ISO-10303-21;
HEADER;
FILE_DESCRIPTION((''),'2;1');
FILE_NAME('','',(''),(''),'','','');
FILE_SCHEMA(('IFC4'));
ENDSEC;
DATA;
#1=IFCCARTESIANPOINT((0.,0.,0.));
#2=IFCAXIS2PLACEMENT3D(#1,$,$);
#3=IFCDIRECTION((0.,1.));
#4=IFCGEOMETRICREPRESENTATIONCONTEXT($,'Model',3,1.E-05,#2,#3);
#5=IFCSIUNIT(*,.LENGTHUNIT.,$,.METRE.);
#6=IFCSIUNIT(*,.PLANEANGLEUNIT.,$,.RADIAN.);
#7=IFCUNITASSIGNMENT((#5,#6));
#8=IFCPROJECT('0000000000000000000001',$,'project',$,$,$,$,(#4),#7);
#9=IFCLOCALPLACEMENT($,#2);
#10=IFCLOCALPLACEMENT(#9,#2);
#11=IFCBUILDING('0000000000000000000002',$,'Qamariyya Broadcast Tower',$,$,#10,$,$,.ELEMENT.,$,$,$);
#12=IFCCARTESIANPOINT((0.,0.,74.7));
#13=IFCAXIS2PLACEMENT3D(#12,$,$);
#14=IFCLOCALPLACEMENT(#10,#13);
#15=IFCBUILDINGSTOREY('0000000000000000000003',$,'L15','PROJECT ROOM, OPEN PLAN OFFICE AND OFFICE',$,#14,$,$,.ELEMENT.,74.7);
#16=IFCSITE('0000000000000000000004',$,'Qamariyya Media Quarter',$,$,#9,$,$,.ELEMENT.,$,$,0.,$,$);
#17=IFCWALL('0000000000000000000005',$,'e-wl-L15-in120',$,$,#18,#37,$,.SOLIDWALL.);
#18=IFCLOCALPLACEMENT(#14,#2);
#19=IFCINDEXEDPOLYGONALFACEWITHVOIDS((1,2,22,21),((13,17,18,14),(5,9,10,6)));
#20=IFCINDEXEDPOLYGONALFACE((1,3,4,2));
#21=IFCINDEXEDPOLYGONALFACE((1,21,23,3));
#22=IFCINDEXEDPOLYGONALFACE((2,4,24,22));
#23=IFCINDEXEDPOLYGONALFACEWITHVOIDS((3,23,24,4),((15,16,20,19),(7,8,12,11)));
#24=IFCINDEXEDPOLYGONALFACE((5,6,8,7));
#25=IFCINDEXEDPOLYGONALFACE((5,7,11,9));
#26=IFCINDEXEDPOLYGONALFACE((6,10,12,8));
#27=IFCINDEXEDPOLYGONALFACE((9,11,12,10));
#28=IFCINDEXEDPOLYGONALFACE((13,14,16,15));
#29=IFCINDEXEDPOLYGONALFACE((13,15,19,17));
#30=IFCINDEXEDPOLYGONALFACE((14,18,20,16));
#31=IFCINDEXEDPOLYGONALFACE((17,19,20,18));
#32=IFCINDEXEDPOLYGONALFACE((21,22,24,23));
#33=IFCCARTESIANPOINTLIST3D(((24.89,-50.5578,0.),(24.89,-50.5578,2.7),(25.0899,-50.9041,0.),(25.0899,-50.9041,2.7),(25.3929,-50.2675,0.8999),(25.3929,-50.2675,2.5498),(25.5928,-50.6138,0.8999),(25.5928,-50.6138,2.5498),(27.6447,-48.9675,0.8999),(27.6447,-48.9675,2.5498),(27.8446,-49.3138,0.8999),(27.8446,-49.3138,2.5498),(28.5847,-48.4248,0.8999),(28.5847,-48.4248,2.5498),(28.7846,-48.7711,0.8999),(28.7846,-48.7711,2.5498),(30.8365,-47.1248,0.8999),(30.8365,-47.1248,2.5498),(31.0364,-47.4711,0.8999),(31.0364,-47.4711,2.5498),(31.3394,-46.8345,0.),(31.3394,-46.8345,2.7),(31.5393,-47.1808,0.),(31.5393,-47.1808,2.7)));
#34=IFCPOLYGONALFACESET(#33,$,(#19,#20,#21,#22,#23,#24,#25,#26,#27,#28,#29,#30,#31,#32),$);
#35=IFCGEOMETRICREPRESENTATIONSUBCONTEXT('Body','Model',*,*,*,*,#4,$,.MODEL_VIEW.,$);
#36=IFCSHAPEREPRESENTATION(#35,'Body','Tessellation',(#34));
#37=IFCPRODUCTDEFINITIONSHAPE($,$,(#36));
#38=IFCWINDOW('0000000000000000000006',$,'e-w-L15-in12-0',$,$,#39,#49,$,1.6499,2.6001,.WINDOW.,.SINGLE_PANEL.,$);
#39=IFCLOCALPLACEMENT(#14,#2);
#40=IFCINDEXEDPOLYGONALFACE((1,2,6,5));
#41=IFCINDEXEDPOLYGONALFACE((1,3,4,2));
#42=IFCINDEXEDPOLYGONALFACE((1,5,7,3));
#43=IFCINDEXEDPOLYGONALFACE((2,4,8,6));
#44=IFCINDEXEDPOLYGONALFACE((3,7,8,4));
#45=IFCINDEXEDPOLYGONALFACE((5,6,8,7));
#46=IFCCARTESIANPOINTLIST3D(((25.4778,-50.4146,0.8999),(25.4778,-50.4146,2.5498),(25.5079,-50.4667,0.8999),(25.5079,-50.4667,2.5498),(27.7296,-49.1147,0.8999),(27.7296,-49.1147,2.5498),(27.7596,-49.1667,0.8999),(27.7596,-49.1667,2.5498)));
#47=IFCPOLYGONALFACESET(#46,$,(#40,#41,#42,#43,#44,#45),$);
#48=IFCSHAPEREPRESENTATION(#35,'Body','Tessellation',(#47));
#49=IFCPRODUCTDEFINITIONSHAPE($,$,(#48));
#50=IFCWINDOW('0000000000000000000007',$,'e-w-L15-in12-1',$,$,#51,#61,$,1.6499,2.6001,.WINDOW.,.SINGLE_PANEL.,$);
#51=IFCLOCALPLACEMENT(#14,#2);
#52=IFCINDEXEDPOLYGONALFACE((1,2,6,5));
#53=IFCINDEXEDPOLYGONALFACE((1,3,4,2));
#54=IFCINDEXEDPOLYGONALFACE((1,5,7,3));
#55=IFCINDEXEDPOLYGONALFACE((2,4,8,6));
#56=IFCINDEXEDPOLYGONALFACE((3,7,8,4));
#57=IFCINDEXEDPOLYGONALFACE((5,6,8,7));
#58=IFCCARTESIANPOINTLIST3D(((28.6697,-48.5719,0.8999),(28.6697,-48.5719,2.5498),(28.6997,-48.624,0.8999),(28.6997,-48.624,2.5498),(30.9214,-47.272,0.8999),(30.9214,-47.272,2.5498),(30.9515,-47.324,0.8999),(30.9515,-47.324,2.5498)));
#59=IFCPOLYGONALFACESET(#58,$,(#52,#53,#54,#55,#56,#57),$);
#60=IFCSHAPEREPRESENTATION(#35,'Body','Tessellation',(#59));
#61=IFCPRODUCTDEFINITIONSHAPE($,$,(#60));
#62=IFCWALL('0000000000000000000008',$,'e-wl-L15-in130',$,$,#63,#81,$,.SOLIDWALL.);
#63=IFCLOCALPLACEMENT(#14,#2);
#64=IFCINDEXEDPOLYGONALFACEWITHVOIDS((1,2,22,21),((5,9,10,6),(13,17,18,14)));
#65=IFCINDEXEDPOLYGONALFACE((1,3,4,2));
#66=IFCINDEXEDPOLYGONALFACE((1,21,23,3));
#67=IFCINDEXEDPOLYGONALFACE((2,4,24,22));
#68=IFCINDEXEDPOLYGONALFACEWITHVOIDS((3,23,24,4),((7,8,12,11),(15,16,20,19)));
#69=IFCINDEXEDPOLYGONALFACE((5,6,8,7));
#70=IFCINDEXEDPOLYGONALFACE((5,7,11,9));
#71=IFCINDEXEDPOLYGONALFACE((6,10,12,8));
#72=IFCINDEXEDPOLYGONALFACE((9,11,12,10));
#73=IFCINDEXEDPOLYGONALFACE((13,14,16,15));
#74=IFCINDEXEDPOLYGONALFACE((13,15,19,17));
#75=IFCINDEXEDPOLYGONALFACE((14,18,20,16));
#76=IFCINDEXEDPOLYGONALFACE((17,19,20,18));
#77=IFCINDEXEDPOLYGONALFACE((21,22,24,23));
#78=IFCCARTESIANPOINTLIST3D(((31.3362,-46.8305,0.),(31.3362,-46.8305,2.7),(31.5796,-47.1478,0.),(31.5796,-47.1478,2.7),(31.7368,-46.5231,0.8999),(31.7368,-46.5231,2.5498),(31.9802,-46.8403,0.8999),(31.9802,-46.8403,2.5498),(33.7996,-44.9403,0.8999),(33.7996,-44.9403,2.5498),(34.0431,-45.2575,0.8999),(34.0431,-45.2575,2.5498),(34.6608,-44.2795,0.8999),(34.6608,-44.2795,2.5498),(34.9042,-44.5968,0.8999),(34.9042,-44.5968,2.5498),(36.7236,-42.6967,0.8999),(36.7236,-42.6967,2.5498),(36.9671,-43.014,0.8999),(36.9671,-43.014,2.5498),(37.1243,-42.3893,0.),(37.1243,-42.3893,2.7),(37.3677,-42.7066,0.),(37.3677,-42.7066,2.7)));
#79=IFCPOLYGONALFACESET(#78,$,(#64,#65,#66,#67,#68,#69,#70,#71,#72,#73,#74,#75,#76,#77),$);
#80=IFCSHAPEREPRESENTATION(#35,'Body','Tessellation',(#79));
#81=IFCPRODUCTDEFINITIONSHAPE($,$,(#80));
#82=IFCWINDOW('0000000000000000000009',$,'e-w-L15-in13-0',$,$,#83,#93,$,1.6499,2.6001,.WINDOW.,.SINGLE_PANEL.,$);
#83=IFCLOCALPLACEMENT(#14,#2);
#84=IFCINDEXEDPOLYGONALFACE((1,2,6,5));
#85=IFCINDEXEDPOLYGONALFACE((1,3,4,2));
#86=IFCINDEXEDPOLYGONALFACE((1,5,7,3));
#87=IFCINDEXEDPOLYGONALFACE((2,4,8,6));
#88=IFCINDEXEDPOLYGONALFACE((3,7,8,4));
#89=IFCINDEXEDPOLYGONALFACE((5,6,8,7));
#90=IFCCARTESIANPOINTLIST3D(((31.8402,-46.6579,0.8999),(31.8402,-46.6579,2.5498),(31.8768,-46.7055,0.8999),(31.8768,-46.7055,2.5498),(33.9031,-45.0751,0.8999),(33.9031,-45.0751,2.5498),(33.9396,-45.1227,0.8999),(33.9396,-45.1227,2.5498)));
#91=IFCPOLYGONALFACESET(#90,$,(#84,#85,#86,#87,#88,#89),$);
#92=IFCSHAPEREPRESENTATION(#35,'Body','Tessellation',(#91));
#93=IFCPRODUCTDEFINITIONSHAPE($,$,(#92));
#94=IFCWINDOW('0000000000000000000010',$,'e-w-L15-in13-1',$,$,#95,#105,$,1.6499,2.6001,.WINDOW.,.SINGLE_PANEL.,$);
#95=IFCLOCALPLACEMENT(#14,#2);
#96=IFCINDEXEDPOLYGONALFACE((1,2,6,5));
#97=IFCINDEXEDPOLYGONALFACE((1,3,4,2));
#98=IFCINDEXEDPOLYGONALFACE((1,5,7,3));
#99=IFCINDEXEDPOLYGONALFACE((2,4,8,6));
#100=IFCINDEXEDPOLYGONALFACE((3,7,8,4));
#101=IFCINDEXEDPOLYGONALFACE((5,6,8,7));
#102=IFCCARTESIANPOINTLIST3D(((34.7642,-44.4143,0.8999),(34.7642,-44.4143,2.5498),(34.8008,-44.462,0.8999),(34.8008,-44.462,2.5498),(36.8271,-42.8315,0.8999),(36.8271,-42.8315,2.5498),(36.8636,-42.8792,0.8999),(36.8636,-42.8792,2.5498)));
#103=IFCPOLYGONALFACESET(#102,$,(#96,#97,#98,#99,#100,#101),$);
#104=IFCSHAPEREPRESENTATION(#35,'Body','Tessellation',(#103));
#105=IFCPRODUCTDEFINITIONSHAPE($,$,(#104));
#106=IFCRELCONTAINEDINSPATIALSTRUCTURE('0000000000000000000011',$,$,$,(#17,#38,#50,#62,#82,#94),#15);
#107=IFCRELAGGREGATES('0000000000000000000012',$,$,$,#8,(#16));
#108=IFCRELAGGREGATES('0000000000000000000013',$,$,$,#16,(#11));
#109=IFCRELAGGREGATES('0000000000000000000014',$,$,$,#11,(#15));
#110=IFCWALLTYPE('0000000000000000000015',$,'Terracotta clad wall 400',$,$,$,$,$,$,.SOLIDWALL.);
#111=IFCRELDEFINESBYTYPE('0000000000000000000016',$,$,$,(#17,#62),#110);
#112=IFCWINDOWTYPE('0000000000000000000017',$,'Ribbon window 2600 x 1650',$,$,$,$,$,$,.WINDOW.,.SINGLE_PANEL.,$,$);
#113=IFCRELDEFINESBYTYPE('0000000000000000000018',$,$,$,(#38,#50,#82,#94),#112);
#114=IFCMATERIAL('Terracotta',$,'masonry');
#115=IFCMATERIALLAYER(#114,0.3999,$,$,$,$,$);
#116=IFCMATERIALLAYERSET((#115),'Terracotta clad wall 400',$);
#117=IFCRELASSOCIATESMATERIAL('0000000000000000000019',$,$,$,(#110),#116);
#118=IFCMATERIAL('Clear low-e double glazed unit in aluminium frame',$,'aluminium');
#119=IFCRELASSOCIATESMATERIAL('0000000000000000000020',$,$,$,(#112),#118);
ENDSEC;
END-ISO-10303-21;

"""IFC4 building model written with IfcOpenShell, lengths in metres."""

from ifc_helpers import new_model, si_unit, direction, frame, frame_2d, origin, place, context, subcontext, project, spatial, rectangle, extrude, material, layer, layer_set, type_object, element, fill, save


model = new_model("IFC4")

# Units and contexts
model_context = context("Model", 3, precision=1e-05, world=origin(), true_north=direction((0.0, 1.0)))
body_context = subcontext(model_context, "Body", "Model", "MODEL_VIEW")
ifc_project = project(units=[si_unit("LENGTHUNIT", "METRE"), si_unit("PLANEANGLEUNIT", "RADIAN")], contexts=[model_context])

# Site, building, storey
site_placement = place(None, origin())
building_placement = place(site_placement, origin())
storey_placement = place(building_placement, frame((0.0, 0.0, 74.7)))
site = spatial("IfcSite", under=ifc_project, at=site_placement, Name="Qamariyya Media Quarter", CompositionType="ELEMENT", RefElevation=0.0)
building = spatial("IfcBuilding", under=site, at=building_placement, Name="Qamariyya Broadcast Tower", CompositionType="ELEMENT")
storey = spatial("IfcBuildingStorey", under=building, at=storey_placement, Name="L15", Description="PROJECT ROOM, OPEN PLAN OFFICE AND OFFICE", CompositionType="ELEMENT", Elevation=74.7)

# Walls, openings, windows
ifc_material_1 = material(Name="Terracotta", Category="masonry")
ifc_layer = layer(ifc_material_1, 0.3999)
ifc_layer_set = layer_set([ifc_layer], Name="Terracotta clad wall 400")
wall_type = type_object("IfcWallType", Name="Terracotta clad wall 400", PredefinedType="SOLIDWALL", material=ifc_layer_set)
wall_1_placement = place(storey_placement, frame((31.4395, -47.0076, 0.0), z_axis=(0.0, 0.0, 1.0), x_axis=(-0.866038, -0.499979, 0.0)))
wall_1 = element("IfcWall", 1, at=wall_1_placement, inside=storey, type_object=wall_type, Name="e-wl-L15-in120", PredefinedType="SOLIDWALL", context=body_context, shape_type="SweptSolid", body=[
    extrude(rectangle(XDim=7.447, YDim=0.3999, at=frame_2d((3.7236, 0.0))), origin(), (0.0, 0.0, 1.0), 2.7),
])
opening_1_placement = place(wall_1_placement, frame((4.2664, 0.0, 0.8999)))
opening_1 = element("IfcOpeningElement", 2, at=opening_1_placement, cuts=wall_1, PredefinedType="OPENING", context=body_context, shape_type="SweptSolid", body=[
    extrude(rectangle(XDim=2.6001, YDim=1.6499, at=frame_2d((1.3, 0.825))), frame((0.0, 0.21, 0.0), z_axis=(0.0, -1.0, 0.0), x_axis=(1.0, 0.0, 0.0)), (0.0, 0.0, 1.0), 0.4199),
])
opening_2_placement = place(wall_1_placement, frame((0.5808, 0.0, 0.8999)))
opening_2 = element("IfcOpeningElement", 3, at=opening_2_placement, cuts=wall_1, PredefinedType="OPENING", context=body_context, shape_type="SweptSolid", body=[
    extrude(rectangle(XDim=2.6001, YDim=1.6499, at=frame_2d((1.3, 0.825))), frame((0.0, 0.21, 0.0), z_axis=(0.0, -1.0, 0.0), x_axis=(1.0, 0.0, 0.0)), (0.0, 0.0, 1.0), 0.4199),
])
ifc_material_2 = material(Name="Clear low-e double glazed unit in aluminium frame", Category="aluminium")
window_type = type_object("IfcWindowType", Name="Ribbon window 2600 x 1650", PartitioningType="SINGLE_PANEL", PredefinedType="WINDOW", material=ifc_material_2)
window_1_placement = place(opening_1_placement, origin())
window_1 = element("IfcWindow", 4, at=window_1_placement, inside=storey, type_object=window_type, Name="e-w-L15-in12-0", OverallHeight=1.6499, OverallWidth=2.6001, PartitioningType="SINGLE_PANEL", PredefinedType="WINDOW", context=body_context, shape_type="SweptSolid", body=[
    extrude(rectangle(XDim=2.6001, YDim=1.6499, at=frame_2d((1.3, 0.825))), frame((0.0, 0.03, 0.0), z_axis=(0.0, -1.0, 0.0), x_axis=(1.0, 0.0, 0.0)), (0.0, 0.0, 1.0), 0.0601),
])
fill(opening_1, window_1)
window_2_placement = place(opening_2_placement, origin())
window_2 = element("IfcWindow", 5, at=window_2_placement, inside=storey, type_object=window_type, Name="e-w-L15-in12-1", OverallHeight=1.6499, OverallWidth=2.6001, PartitioningType="SINGLE_PANEL", PredefinedType="WINDOW", context=body_context, shape_type="SweptSolid", body=[
    extrude(rectangle(XDim=2.6001, YDim=1.6499, at=frame_2d((1.3, 0.825))), frame((0.0, 0.03, 0.0), z_axis=(0.0, -1.0, 0.0), x_axis=(1.0, 0.0, 0.0)), (0.0, 0.0, 1.0), 0.0601),
])
fill(opening_2, window_2)
wall_2_placement = place(storey_placement, frame((37.2461, -42.5479, 0.0), z_axis=(0.0, 0.0, 1.0), x_axis=(-0.793366, -0.608745, 0.0)))
wall_2 = element("IfcWall", 6, at=wall_2_placement, inside=storey, type_object=wall_type, Name="e-wl-L15-in130", PredefinedType="SOLIDWALL", context=body_context, shape_type="SweptSolid", body=[
    extrude(rectangle(XDim=7.2957, YDim=0.3999, at=frame_2d((3.6479, 0.0))), origin(), (0.0, 0.0, 1.0), 2.7),
])
opening_3_placement = place(wall_2_placement, frame((4.1907, 0.0, 0.8999)))
opening_3 = element("IfcOpeningElement", 7, at=opening_3_placement, cuts=wall_2, PredefinedType="OPENING", context=body_context, shape_type="SweptSolid", body=[
    extrude(rectangle(XDim=2.6001, YDim=1.6499, at=frame_2d((1.3, 0.825))), frame((0.0, 0.21, 0.0), z_axis=(0.0, -1.0, 0.0), x_axis=(1.0, 0.0, 0.0)), (0.0, 0.0, 1.0), 0.4199),
])
opening_4_placement = place(wall_2_placement, frame((0.5051, 0.0, 0.8999)))
opening_4 = element("IfcOpeningElement", 8, at=opening_4_placement, cuts=wall_2, PredefinedType="OPENING", context=body_context, shape_type="SweptSolid", body=[
    extrude(rectangle(XDim=2.6001, YDim=1.6499, at=frame_2d((1.3, 0.825))), frame((0.0, 0.21, 0.0), z_axis=(0.0, -1.0, 0.0), x_axis=(1.0, 0.0, 0.0)), (0.0, 0.0, 1.0), 0.4199),
])
window_3_placement = place(opening_3_placement, origin())
window_3 = element("IfcWindow", 9, at=window_3_placement, inside=storey, type_object=window_type, Name="e-w-L15-in13-0", OverallHeight=1.6499, OverallWidth=2.6001, PartitioningType="SINGLE_PANEL", PredefinedType="WINDOW", context=body_context, shape_type="SweptSolid", body=[
    extrude(rectangle(XDim=2.6001, YDim=1.6499, at=frame_2d((1.3, 0.825))), frame((0.0, 0.03, 0.0), z_axis=(0.0, -1.0, 0.0), x_axis=(1.0, 0.0, 0.0)), (0.0, 0.0, 1.0), 0.0601),
])
fill(opening_3, window_3)
window_4_placement = place(opening_4_placement, origin())
window_4 = element("IfcWindow", 10, at=window_4_placement, inside=storey, type_object=window_type, Name="e-w-L15-in13-1", OverallHeight=1.6499, OverallWidth=2.6001, PartitioningType="SINGLE_PANEL", PredefinedType="WINDOW", context=body_context, shape_type="SweptSolid", body=[
    extrude(rectangle(XDim=2.6001, YDim=1.6499, at=frame_2d((1.3, 0.825))), frame((0.0, 0.03, 0.0), z_axis=(0.0, -1.0, 0.0), x_axis=(1.0, 0.0, 0.0)), (0.0, 0.0, 1.0), 0.0601),
])
fill(opening_4, window_4)

save(model, "model.ifc")
